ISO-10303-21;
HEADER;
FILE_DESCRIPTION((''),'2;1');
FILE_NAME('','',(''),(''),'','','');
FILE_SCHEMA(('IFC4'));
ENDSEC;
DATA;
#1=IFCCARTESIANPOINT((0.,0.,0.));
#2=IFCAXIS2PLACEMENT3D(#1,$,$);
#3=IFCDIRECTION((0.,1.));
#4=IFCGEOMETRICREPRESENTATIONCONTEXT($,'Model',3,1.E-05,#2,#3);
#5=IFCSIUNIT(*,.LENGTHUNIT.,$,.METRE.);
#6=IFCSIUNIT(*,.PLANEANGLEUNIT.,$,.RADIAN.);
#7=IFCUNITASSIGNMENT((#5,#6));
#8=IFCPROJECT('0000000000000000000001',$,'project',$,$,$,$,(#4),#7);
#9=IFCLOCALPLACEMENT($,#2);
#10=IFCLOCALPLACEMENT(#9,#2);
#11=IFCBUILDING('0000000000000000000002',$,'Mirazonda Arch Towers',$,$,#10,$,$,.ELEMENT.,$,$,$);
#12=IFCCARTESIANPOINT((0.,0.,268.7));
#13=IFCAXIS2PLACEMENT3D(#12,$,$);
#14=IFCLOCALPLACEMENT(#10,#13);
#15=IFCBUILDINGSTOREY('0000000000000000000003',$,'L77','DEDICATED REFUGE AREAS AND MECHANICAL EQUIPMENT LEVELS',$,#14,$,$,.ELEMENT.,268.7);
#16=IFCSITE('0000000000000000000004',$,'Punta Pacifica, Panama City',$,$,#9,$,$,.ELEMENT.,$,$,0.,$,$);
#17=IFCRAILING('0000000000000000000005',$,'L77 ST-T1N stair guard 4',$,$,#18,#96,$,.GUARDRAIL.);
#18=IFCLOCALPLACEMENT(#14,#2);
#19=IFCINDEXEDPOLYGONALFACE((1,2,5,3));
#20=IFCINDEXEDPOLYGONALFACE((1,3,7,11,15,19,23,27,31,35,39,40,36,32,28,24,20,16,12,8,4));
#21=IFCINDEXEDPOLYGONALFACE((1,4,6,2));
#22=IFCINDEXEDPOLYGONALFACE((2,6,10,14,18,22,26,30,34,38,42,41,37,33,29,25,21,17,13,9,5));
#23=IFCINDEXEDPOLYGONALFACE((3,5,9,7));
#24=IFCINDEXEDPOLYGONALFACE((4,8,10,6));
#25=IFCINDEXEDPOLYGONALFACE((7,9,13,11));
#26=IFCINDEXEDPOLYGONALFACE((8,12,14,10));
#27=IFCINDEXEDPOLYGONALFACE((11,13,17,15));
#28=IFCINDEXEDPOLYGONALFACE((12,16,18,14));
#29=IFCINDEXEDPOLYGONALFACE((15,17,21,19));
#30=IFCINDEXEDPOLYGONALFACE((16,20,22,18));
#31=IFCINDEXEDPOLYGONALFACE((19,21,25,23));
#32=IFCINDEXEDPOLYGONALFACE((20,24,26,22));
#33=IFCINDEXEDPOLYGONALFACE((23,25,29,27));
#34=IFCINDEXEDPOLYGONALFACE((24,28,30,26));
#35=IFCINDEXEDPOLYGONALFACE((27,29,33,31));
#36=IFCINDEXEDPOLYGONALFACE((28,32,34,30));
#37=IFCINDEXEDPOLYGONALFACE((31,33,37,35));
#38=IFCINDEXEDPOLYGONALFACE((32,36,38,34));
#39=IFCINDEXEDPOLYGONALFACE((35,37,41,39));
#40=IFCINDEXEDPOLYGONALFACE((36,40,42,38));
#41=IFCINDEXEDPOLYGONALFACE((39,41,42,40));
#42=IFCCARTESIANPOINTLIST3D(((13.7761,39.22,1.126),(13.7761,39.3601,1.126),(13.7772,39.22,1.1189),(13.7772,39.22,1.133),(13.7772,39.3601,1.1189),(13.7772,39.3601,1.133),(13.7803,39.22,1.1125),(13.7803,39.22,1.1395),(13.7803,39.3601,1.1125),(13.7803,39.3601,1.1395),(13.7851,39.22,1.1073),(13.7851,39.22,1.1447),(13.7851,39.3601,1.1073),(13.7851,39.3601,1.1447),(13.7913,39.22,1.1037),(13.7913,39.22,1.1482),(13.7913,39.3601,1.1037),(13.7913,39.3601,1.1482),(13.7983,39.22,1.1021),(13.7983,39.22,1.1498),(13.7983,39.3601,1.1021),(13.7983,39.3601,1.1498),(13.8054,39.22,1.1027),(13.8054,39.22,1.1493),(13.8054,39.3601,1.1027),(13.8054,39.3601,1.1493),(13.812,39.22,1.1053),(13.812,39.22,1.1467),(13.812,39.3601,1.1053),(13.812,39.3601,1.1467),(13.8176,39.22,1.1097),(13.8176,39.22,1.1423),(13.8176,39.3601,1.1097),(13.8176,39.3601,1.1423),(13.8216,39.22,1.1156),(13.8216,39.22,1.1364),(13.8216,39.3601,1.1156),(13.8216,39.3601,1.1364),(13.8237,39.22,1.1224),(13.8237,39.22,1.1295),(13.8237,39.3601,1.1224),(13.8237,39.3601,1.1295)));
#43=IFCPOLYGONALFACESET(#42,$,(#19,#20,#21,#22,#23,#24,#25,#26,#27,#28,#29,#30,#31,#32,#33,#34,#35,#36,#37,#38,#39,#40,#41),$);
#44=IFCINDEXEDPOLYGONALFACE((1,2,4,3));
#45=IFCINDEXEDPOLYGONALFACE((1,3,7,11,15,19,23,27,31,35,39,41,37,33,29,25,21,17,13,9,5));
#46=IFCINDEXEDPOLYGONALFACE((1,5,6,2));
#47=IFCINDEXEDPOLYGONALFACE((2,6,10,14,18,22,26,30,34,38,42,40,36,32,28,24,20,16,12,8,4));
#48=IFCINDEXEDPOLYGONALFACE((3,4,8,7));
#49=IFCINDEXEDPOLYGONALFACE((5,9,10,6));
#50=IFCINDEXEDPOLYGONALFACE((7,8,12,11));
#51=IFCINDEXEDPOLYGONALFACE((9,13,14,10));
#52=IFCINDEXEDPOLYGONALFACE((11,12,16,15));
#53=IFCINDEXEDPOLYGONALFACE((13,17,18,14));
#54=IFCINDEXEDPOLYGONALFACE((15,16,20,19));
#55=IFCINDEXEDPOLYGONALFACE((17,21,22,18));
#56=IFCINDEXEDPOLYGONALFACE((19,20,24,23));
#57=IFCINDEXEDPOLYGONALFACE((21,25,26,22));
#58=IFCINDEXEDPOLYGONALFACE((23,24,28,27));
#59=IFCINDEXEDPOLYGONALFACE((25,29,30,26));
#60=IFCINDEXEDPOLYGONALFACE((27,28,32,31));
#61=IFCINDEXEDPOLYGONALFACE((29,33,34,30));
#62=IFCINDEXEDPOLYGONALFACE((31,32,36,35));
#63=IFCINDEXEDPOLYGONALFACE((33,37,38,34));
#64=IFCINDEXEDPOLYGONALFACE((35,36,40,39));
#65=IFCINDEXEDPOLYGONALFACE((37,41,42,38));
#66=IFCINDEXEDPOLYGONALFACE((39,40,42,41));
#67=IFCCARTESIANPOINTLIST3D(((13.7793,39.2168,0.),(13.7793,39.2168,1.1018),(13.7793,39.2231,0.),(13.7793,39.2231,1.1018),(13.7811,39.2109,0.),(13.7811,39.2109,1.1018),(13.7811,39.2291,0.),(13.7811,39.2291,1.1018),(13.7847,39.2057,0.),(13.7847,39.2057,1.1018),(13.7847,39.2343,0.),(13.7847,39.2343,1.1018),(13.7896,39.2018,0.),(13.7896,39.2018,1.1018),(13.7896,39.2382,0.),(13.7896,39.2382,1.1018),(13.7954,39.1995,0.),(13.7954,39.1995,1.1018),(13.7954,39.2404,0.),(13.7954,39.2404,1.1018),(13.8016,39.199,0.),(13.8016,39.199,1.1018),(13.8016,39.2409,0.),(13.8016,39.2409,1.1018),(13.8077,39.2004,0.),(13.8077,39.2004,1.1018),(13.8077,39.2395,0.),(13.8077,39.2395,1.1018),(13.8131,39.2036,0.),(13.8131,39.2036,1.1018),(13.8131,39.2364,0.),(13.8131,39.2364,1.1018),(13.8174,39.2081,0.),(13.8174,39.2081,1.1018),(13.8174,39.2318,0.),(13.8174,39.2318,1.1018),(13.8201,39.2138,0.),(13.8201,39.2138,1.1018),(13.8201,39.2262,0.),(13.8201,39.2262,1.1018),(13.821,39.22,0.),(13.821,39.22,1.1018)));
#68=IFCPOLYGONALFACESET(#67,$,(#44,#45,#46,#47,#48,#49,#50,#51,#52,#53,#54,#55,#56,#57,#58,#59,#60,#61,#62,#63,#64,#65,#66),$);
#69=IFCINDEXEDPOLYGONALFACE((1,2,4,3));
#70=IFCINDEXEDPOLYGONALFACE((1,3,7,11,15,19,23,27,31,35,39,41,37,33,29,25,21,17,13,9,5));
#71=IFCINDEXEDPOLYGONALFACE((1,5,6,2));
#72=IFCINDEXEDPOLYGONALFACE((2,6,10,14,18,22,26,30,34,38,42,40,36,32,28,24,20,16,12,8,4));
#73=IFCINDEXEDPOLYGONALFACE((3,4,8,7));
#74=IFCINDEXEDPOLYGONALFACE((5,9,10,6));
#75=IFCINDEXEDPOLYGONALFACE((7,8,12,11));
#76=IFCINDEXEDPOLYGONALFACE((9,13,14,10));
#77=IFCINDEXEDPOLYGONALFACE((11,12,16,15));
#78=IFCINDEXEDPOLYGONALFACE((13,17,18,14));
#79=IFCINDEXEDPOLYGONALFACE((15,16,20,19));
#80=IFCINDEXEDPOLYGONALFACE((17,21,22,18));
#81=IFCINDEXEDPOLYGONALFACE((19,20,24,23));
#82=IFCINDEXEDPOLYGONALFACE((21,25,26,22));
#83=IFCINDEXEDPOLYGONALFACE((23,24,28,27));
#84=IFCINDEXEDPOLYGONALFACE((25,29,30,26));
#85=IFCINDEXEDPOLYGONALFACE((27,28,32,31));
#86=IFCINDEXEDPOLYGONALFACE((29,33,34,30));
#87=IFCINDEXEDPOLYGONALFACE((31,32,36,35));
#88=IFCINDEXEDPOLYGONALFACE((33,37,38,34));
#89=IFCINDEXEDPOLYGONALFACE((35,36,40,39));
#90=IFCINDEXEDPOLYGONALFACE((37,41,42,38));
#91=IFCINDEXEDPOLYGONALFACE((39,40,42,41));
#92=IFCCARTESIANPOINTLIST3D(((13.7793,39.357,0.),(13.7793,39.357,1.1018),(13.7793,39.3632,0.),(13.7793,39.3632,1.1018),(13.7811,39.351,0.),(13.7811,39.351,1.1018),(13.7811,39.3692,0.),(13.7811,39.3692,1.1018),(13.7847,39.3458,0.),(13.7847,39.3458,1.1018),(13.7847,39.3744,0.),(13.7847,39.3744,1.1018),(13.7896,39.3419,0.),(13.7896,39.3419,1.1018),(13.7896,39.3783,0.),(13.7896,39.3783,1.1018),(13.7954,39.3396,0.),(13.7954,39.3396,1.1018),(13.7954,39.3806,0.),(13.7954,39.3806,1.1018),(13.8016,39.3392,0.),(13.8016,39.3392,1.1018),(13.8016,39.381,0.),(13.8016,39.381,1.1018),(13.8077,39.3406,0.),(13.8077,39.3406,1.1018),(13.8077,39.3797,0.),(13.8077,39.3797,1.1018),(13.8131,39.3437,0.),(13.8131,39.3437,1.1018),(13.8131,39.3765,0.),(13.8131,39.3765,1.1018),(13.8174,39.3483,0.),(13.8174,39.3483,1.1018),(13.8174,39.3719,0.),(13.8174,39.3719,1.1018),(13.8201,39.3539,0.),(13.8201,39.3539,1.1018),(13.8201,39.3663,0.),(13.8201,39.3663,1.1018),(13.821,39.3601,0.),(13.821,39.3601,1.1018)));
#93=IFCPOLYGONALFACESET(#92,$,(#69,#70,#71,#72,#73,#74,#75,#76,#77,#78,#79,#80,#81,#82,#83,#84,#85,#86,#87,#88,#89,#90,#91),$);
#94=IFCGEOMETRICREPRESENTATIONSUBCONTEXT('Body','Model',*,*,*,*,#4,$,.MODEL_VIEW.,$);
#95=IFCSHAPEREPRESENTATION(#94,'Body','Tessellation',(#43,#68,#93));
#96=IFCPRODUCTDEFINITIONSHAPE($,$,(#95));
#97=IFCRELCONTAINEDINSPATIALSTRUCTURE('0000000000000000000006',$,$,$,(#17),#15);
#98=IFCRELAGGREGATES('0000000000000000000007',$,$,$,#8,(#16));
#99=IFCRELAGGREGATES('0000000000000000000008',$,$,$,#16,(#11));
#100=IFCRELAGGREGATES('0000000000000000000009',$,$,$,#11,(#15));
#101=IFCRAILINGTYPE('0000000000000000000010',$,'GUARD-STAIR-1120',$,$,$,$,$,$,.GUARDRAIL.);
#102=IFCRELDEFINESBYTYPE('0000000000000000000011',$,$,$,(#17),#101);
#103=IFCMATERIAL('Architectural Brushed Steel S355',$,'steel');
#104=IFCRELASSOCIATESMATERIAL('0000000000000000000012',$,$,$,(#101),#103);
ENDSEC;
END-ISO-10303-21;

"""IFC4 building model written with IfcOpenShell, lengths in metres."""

from ifc_helpers import new_model, si_unit, direction, frame, origin, origin_2d, place, context, subcontext, project, spatial, circle, extrude, material, type_object, element, save


model = new_model("IFC4")

# Units and contexts
model_context = context("Model", 3, precision=1e-05, world=origin(), true_north=direction((0.0, 1.0)))
body_context = subcontext(model_context, "Body", "Model", "MODEL_VIEW")
ifc_project = project(units=[si_unit("LENGTHUNIT", "METRE"), si_unit("PLANEANGLEUNIT", "RADIAN")], contexts=[model_context])

# Site, building, storey
site_placement = place(None, origin())
site = spatial("IfcSite", under=ifc_project, at=site_placement, Name="Punta Pacifica, Panama City", CompositionType="ELEMENT", RefElevation=0.0)
building_placement = place(site_placement, origin())
building = spatial("IfcBuilding", under=site, at=building_placement, Name="Mirazonda Arch Towers", CompositionType="ELEMENT")
storey_placement = place(building_placement, frame((0.0, 0.0, 268.7)))
storey = spatial("IfcBuildingStorey", under=building, at=storey_placement, Name="L77", Description="DEDICATED REFUGE AREAS AND MECHANICAL EQUIPMENT LEVELS", CompositionType="ELEMENT", Elevation=268.7)

# Shared definitions
ifc_material_1 = material(Name="Architectural Brushed Steel S355", Category="steel")

# Railing
railing_type_1 = type_object("IfcRailingType", Name="GUARD-STAIR-1120", PredefinedType="GUARDRAIL", material=ifc_material_1)
railing_1_placement = place(storey_placement, frame((13.8, 39.22, 0.0)))
element("IfcRailing", 1, at=railing_1_placement, inside=storey, type_object=railing_type_1, Name="L77 ST-T1N stair guard 4", PredefinedType="GUARDRAIL", context=body_context, shape_type="SweptSolid", body=[
    extrude(circle(Radius=0.0239, at=origin_2d()), frame((0.0, 0.0, 1.126), z_axis=(0.0, 1.0, 0.0), x_axis=(-1.0, 0.0, 0.0)), (0.0, 0.0, 1.0), 0.1401),
    extrude(circle(Radius=0.021, at=origin_2d()), origin(), (0.0, 0.0, 1.0), 1.1018),
    extrude(circle(Radius=0.021, at=origin_2d()), frame((0.0, 0.1401, 0.0)), (0.0, 0.0, 1.0), 1.1018),
])

save(model, "model.ifc")
